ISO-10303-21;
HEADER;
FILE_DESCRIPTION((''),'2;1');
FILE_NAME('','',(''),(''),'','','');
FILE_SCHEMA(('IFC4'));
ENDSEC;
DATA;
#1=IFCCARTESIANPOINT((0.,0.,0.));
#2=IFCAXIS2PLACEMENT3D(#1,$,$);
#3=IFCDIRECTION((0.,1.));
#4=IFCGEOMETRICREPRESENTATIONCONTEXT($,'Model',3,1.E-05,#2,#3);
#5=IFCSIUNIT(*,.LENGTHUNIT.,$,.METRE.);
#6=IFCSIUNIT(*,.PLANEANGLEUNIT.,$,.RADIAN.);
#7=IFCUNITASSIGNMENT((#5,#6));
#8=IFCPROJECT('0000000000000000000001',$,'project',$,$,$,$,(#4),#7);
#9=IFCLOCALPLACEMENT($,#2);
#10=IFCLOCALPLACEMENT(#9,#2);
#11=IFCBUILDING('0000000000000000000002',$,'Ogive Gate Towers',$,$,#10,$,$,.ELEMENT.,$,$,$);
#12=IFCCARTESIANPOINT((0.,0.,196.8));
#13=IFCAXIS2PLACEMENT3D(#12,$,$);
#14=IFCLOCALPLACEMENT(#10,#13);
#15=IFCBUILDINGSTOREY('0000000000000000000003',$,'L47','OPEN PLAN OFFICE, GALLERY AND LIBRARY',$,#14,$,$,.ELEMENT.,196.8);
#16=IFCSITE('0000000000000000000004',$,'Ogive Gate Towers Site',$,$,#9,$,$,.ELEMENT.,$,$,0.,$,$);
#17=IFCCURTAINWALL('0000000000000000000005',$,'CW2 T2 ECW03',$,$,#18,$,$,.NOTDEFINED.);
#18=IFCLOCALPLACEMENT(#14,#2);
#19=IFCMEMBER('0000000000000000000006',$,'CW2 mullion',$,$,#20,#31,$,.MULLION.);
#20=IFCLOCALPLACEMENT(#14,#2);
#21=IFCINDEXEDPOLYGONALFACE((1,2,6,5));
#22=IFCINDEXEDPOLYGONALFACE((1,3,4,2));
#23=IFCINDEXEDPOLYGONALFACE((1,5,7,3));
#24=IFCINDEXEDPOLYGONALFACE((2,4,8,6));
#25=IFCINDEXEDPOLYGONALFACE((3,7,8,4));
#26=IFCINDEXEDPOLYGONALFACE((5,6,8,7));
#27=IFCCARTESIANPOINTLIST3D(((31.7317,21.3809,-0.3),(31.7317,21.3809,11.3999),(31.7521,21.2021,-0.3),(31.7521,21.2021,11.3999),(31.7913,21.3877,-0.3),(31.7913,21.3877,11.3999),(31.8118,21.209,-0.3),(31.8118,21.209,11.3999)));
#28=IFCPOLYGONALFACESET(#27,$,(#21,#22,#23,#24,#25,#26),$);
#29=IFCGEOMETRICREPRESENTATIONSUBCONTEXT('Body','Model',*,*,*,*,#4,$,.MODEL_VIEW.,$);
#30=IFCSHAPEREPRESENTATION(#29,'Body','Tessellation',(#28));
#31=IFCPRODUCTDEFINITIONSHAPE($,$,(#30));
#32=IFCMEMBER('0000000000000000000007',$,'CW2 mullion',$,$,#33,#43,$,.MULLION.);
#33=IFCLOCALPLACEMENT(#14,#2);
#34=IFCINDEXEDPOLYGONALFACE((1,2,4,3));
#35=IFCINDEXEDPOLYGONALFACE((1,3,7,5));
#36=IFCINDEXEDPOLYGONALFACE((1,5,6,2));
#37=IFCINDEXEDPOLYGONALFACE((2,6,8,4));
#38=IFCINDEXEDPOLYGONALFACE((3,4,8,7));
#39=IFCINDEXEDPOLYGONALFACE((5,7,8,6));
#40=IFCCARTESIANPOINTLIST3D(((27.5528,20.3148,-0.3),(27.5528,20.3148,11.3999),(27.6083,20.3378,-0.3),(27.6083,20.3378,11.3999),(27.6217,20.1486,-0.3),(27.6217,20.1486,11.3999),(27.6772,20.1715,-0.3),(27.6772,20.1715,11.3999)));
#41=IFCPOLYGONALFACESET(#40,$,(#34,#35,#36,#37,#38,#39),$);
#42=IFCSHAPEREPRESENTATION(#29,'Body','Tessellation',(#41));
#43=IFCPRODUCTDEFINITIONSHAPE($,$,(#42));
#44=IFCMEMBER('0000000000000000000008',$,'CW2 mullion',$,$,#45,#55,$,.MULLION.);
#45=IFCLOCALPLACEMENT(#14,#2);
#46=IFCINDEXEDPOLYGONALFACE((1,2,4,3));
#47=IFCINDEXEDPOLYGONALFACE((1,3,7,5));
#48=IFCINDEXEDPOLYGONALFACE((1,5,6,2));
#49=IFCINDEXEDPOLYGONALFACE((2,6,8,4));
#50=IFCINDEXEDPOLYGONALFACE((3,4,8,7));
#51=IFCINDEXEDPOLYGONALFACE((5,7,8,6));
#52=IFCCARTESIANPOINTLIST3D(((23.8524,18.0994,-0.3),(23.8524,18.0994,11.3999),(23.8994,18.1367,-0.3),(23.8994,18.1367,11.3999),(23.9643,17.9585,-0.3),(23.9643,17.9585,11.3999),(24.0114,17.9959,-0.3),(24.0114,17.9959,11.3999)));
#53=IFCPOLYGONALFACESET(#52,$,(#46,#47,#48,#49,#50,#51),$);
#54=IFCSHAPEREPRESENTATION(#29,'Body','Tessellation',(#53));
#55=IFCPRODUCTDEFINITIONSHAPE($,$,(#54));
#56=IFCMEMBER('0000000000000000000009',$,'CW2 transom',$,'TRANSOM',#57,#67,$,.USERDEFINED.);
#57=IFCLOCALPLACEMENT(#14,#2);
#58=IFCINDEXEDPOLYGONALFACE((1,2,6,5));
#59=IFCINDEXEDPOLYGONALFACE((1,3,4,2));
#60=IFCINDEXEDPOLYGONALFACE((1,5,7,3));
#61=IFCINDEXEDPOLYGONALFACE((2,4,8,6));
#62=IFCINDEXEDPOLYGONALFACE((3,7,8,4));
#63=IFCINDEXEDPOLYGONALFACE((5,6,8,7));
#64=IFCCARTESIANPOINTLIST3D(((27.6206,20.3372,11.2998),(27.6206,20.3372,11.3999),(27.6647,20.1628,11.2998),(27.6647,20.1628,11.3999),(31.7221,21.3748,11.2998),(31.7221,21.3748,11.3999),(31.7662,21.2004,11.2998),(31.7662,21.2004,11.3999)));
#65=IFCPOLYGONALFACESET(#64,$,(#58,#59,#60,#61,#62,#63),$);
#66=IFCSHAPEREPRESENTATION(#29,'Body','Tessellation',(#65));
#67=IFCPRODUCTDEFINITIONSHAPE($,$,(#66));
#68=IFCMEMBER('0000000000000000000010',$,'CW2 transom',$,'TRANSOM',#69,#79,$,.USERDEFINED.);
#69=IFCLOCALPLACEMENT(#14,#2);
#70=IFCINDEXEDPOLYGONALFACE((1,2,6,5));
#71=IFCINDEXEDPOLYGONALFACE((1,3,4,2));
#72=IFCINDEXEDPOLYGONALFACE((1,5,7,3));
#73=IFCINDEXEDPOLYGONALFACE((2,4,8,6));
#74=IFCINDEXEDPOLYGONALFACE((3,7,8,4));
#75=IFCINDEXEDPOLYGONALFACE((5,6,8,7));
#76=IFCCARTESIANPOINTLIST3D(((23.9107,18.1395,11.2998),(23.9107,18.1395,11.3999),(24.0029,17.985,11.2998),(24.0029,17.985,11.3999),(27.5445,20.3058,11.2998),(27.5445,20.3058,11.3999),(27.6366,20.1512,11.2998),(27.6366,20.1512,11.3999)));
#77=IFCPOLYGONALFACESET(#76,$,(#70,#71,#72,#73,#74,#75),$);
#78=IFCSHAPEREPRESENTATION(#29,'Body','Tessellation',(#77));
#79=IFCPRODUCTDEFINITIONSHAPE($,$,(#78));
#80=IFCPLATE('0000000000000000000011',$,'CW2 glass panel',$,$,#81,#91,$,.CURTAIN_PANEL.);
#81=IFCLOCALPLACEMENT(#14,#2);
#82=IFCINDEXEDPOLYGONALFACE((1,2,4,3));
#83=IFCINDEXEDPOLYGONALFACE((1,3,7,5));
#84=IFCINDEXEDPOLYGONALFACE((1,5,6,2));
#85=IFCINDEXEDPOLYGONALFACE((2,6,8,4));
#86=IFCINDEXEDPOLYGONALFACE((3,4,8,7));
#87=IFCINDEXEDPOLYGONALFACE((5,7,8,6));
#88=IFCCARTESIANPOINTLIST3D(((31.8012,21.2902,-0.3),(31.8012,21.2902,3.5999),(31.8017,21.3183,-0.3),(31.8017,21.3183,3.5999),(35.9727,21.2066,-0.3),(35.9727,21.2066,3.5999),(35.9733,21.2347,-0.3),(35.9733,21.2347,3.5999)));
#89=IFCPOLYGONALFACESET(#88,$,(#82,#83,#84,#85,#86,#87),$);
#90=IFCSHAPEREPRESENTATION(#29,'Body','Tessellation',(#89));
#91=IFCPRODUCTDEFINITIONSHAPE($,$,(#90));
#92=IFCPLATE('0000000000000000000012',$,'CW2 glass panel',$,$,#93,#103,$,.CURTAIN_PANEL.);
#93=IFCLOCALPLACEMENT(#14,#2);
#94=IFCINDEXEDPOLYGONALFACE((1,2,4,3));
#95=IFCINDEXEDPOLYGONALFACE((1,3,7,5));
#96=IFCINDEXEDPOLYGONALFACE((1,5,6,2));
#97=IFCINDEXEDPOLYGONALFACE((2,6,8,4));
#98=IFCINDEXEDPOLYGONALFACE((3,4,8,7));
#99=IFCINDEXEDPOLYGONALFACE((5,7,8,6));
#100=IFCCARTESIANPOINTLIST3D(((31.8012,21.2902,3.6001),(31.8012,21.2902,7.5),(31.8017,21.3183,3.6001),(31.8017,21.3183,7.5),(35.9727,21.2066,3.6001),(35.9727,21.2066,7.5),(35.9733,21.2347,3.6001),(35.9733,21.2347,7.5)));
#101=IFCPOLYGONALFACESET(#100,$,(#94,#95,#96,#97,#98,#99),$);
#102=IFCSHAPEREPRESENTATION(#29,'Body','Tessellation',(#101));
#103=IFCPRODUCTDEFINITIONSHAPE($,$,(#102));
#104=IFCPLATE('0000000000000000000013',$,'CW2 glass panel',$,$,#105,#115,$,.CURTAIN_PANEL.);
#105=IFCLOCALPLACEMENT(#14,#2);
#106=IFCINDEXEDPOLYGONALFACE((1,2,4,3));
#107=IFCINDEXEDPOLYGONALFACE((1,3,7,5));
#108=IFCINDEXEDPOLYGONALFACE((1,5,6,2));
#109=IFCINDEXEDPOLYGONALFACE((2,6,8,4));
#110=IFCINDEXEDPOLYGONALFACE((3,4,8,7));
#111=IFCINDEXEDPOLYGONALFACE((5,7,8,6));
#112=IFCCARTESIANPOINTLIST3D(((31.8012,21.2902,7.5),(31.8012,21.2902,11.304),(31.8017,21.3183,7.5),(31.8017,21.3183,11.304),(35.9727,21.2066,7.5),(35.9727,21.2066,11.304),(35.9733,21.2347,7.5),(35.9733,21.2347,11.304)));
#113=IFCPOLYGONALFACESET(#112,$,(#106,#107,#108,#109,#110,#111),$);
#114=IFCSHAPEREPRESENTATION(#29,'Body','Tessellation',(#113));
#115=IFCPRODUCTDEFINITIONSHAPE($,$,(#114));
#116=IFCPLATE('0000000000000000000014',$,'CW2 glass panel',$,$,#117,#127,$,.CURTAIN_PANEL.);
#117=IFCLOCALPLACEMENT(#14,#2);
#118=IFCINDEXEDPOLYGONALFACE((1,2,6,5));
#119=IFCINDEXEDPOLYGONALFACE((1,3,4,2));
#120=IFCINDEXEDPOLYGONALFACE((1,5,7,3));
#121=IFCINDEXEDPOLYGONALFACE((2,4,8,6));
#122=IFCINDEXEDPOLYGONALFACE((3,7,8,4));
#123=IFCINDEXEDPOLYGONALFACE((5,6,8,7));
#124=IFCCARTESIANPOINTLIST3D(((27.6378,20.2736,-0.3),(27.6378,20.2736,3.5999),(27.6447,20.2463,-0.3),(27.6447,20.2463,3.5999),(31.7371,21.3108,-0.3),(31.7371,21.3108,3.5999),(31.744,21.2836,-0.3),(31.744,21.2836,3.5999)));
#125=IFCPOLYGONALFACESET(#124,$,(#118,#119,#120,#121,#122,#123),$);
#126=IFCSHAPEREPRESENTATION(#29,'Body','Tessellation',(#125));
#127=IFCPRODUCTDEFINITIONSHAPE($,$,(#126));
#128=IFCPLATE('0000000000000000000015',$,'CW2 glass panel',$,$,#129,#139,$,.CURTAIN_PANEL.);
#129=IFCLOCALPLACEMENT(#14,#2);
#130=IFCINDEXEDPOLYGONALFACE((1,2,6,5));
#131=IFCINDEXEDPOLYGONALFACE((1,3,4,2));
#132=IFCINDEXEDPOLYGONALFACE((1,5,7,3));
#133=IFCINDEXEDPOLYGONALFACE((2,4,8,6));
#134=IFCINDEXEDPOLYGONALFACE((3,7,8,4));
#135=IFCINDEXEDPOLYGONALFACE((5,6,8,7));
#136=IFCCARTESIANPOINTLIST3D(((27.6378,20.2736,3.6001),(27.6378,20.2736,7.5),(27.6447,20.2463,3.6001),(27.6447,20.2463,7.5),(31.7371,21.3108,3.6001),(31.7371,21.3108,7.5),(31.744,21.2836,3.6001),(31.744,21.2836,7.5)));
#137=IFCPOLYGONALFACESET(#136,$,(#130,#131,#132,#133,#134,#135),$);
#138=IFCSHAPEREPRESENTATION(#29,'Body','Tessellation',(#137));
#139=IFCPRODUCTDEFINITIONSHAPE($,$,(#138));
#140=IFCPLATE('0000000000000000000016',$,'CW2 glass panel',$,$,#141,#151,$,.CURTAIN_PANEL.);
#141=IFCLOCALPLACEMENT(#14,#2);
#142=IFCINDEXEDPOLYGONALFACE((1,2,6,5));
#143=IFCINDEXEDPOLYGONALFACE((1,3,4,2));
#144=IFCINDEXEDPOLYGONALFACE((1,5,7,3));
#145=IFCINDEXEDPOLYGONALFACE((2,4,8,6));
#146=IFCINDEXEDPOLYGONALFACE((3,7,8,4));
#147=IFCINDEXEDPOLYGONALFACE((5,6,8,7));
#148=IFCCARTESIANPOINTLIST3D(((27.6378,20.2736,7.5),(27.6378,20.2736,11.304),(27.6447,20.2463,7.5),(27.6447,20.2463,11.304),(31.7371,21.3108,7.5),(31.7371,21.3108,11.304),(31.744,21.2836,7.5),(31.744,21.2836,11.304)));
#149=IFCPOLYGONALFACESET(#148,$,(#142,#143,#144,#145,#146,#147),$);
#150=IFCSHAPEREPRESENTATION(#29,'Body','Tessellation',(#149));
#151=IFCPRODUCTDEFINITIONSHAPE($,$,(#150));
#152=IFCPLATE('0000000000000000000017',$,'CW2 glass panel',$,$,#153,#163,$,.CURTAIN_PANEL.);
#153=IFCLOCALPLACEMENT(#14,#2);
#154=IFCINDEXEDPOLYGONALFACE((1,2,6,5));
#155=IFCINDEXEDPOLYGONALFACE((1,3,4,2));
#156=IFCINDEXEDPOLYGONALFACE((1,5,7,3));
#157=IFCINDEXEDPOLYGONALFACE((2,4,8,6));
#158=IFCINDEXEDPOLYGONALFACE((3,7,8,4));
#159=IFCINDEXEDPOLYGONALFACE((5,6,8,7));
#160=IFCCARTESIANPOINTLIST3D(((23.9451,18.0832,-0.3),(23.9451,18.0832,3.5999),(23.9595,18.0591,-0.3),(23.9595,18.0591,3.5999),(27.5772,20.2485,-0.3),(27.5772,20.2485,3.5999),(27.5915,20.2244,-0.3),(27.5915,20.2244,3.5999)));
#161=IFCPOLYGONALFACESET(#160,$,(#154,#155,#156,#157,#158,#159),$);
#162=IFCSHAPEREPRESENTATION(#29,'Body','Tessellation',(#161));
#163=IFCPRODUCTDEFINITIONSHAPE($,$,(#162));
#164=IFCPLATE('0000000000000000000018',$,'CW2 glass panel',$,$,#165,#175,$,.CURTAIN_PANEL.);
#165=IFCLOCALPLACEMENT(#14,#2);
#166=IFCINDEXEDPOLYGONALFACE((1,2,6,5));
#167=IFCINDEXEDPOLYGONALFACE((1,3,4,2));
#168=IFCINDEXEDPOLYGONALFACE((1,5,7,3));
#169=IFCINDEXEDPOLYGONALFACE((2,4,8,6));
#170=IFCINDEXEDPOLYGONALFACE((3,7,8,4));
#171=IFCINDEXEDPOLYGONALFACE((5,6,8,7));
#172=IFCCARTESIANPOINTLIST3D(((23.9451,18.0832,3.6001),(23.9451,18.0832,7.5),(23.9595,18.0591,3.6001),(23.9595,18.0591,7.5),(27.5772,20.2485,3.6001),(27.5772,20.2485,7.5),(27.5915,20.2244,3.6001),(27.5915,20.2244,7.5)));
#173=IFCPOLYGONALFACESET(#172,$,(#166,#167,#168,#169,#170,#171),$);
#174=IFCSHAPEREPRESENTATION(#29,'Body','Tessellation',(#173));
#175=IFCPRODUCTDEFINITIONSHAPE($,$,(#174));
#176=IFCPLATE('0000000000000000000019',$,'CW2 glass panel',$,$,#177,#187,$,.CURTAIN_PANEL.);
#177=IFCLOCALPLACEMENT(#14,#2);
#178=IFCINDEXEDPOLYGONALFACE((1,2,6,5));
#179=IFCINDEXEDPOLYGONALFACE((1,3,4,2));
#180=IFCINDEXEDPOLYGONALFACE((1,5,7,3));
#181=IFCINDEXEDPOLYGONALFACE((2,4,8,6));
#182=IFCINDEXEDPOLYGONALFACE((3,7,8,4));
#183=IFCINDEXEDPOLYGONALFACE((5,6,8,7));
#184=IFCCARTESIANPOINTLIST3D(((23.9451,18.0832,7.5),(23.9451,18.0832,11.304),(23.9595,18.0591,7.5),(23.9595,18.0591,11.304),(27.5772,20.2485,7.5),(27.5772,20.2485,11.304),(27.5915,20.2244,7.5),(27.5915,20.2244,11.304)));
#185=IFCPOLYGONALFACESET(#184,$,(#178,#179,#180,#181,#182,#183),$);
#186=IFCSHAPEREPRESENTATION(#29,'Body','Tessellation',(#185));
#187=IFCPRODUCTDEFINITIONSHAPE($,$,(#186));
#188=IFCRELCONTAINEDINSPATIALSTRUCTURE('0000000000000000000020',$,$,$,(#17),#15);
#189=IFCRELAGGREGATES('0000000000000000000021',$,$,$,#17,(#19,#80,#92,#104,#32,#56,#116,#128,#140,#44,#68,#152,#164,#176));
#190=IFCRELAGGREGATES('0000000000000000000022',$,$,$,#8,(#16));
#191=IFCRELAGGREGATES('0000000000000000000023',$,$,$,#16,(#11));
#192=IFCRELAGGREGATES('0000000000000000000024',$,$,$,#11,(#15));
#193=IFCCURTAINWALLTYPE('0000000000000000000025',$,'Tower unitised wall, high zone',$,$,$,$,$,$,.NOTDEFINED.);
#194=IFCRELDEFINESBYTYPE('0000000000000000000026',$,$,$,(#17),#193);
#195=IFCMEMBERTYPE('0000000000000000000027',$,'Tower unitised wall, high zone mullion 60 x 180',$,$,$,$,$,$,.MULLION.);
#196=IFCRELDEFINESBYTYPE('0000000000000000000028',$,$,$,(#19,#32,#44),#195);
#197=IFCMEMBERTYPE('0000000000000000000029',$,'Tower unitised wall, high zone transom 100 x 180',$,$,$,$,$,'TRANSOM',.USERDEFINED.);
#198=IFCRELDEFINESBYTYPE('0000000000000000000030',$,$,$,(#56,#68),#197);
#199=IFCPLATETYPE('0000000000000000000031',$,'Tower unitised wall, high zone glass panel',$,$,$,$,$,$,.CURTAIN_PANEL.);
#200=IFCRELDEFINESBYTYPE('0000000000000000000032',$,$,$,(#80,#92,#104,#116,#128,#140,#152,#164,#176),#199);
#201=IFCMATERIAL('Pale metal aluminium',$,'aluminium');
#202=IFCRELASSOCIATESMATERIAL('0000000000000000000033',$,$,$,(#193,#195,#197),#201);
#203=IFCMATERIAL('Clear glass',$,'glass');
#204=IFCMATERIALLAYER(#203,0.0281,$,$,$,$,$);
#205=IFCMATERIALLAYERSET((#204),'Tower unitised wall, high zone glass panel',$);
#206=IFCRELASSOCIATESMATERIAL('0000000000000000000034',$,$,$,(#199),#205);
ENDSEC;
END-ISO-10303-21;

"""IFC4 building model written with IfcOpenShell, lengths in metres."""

from ifc_helpers import new_model, si_unit, direction, frame, origin, origin_2d, place, context, subcontext, project, spatial, rectangle, extrude, material, layer, layer_set, material_profile, profile_set, type_object, element, aggregate, save


model = new_model("IFC4")

# Units and contexts
model_context = context("Model", 3, precision=1e-05, world=origin(), true_north=direction((0.0, 1.0)))
body_context = subcontext(model_context, "Body", "Model", "MODEL_VIEW")
ifc_project = project(units=[si_unit("LENGTHUNIT", "METRE"), si_unit("PLANEANGLEUNIT", "RADIAN")], contexts=[model_context])

# Site, building, storey
site_placement = place(None, origin())
site = spatial("IfcSite", under=ifc_project, at=site_placement, Name="Ogive Gate Towers Site", CompositionType="ELEMENT", RefElevation=0.0)
building_placement = place(site_placement, origin())
building = spatial("IfcBuilding", under=site, at=building_placement, Name="Ogive Gate Towers", CompositionType="ELEMENT")
storey_placement = place(building_placement, frame((0.0, 0.0, 196.8)))
storey = spatial("IfcBuildingStorey", under=building, at=storey_placement, Name="L47", Description="OPEN PLAN OFFICE, GALLERY AND LIBRARY", CompositionType="ELEMENT", Elevation=196.8)

# Curtain wall, members, plates
ifc_material_1 = material(Name="Pale metal aluminium", Category="aluminium")
curtain_wall_type = type_object("IfcCurtainWallType", Name="Tower unitised wall, high zone", PredefinedType="NOTDEFINED", material=ifc_material_1)
curtain_wall_placement = place(storey_placement, origin())
curtain_wall = element("IfcCurtainWall", 1, at=curtain_wall_placement, inside=storey, type_object=curtain_wall_type, Name="CW2 T2 ECW03", PredefinedType="NOTDEFINED")
ifc_material_profile_1 = material_profile(ifc_material_1, rectangle(XDim=0.1799, YDim=0.0601, at=origin_2d()), Name="60 x 180 aluminium box")
ifc_profile_set_1 = profile_set([ifc_material_profile_1], Name="Pale metal aluminium")
member_type_1 = type_object("IfcMemberType", Name="Tower unitised wall, high zone mullion 60 x 180", PredefinedType="MULLION", material=ifc_profile_set_1)
member_1_placement = place(storey_placement, frame((31.7717, 21.2949, -0.3), z_axis=(0.0, 0.0, 1.0), x_axis=(-0.113637, 0.993522, 0.0)))
member_1 = element("IfcMember", 2, at=member_1_placement, type_object=member_type_1, Name="CW2 mullion", PredefinedType="MULLION", context=body_context, shape_type="SweptSolid", body=[
    extrude(rectangle(XDim=0.1799, YDim=0.0601, at=origin_2d()), origin(), (0.0, 0.0, 1.0), 11.7),
])
member_2_placement = place(storey_placement, frame((27.615, 20.2432, -0.3), z_axis=(0.0, 0.0, 1.0), x_axis=(-0.382683, 0.92388, 0.0)))
member_2 = element("IfcMember", 3, at=member_2_placement, type_object=member_type_1, Name="CW2 mullion", PredefinedType="MULLION", context=body_context, shape_type="SweptSolid", body=[
    extrude(rectangle(XDim=0.1799, YDim=0.0601, at=origin_2d()), origin(), (0.0, 0.0, 1.0), 11.7),
])
member_3_placement = place(storey_placement, frame((23.9319, 18.0476, -0.3), z_axis=(0.0, 0.0, 1.0), x_axis=(-0.622173, 0.78288, 0.0)))
member_3 = element("IfcMember", 4, at=member_3_placement, type_object=member_type_1, Name="CW2 mullion", PredefinedType="MULLION", context=body_context, shape_type="SweptSolid", body=[
    extrude(rectangle(XDim=0.1799, YDim=0.0601, at=origin_2d()), origin(), (0.0, 0.0, 1.0), 11.7),
])
ifc_material_profile_2 = material_profile(ifc_material_1, rectangle(XDim=0.1799, YDim=0.1001, at=origin_2d()), Name="100 x 180 aluminium box")
ifc_profile_set_2 = profile_set([ifc_material_profile_2], Name="Pale metal aluminium")
member_type_2 = type_object("IfcMemberType", Name="Tower unitised wall, high zone transom 100 x 180", ElementType="TRANSOM", PredefinedType="USERDEFINED", material=ifc_profile_set_2)
member_4_placement = place(storey_placement, frame((31.7441, 21.2876, 11.3499), z_axis=(-0.96946, -0.24525, 0.0), x_axis=(0.24525, -0.96946, 0.0)))
member_4 = element("IfcMember", 5, at=member_4_placement, type_object=member_type_2, Name="CW2 transom", ObjectType="TRANSOM", PredefinedType="USERDEFINED", context=body_context, shape_type="SweptSolid", body=[
    extrude(rectangle(XDim=0.1799, YDim=0.1001, at=origin_2d()), origin(), (0.0, 0.0, 1.0), 4.2307),
])
member_5_placement = place(storey_placement, frame((27.5906, 20.2285, 11.3499), z_axis=(-0.858951, -0.512058, 0.0), x_axis=(0.512058, -0.858951, 0.0)))
member_5 = element("IfcMember", 6, at=member_5_placement, type_object=member_type_2, Name="CW2 transom", ObjectType="TRANSOM", PredefinedType="USERDEFINED", context=body_context, shape_type="SweptSolid", body=[
    extrude(rectangle(XDim=0.1799, YDim=0.1001, at=origin_2d()), origin(), (0.0, 0.0, 1.0), 4.2305),
])
ifc_material_2 = material(Name="Clear glass", Category="glass")
ifc_layer_1 = layer(ifc_material_2, 0.0281)
ifc_layer_set_1 = layer_set([ifc_layer_1], Name="Tower unitised wall, high zone glass panel")
plate_type = type_object("IfcPlateType", Name="Tower unitised wall, high zone glass panel", PredefinedType="CURTAIN_PANEL", material=ifc_layer_set_1)
plate_1_placement = place(storey_placement, frame((33.8872, 21.2625, -0.3), z_axis=(0.0, 0.0, 1.0), x_axis=(-0.999799, 0.020052, 0.0)))
plate_1 = element("IfcPlate", 7, at=plate_1_placement, type_object=plate_type, Name="CW2 glass panel", PredefinedType="CURTAIN_PANEL", context=body_context, shape_type="SweptSolid", body=[
    extrude(rectangle(XDim=4.1724, YDim=0.0281, at=origin_2d()), origin(), (0.0, 0.0, 1.0), 3.8999),
])
plate_2_placement = place(storey_placement, frame((33.8872, 21.2625, 3.6001), z_axis=(0.0, 0.0, 1.0), x_axis=(-0.999799, 0.020052, 0.0)))
plate_2 = element("IfcPlate", 8, at=plate_2_placement, type_object=plate_type, Name="CW2 glass panel", PredefinedType="CURTAIN_PANEL", context=body_context, shape_type="SweptSolid", body=[
    extrude(rectangle(XDim=4.1724, YDim=0.0281, at=origin_2d()), origin(), (0.0, 0.0, 1.0), 3.8999),
])
plate_3_placement = place(storey_placement, frame((33.8872, 21.2625, 7.5), z_axis=(0.0, 0.0, 1.0), x_axis=(-0.999799, 0.020052, 0.0)))
plate_3 = element("IfcPlate", 9, at=plate_3_placement, type_object=plate_type, Name="CW2 glass panel", PredefinedType="CURTAIN_PANEL", context=body_context, shape_type="SweptSolid", body=[
    extrude(rectangle(XDim=4.1724, YDim=0.0281, at=origin_2d()), origin(), (0.0, 0.0, 1.0), 3.804),
])
plate_4_placement = place(storey_placement, frame((29.6909, 20.7786, -0.3), z_axis=(0.0, 0.0, 1.0), x_axis=(-0.96945, -0.24529, 0.0)))
plate_4 = element("IfcPlate", 10, at=plate_4_placement, type_object=plate_type, Name="CW2 glass panel", PredefinedType="CURTAIN_PANEL", context=body_context, shape_type="SweptSolid", body=[
    extrude(rectangle(XDim=4.2285, YDim=0.0281, at=origin_2d()), origin(), (0.0, 0.0, 1.0), 3.8999),
])
plate_5_placement = place(storey_placement, frame((29.6909, 20.7786, 3.6001), z_axis=(0.0, 0.0, 1.0), x_axis=(-0.96945, -0.24529, 0.0)))
plate_5 = element("IfcPlate", 11, at=plate_5_placement, type_object=plate_type, Name="CW2 glass panel", PredefinedType="CURTAIN_PANEL", context=body_context, shape_type="SweptSolid", body=[
    extrude(rectangle(XDim=4.2285, YDim=0.0281, at=origin_2d()), origin(), (0.0, 0.0, 1.0), 3.8999),
])
plate_6_placement = place(storey_placement, frame((29.6909, 20.7786, 7.5), z_axis=(0.0, 0.0, 1.0), x_axis=(-0.96945, -0.24529, 0.0)))
plate_6 = element("IfcPlate", 12, at=plate_6_placement, type_object=plate_type, Name="CW2 glass panel", PredefinedType="CURTAIN_PANEL", context=body_context, shape_type="SweptSolid", body=[
    extrude(rectangle(XDim=4.2285, YDim=0.0281, at=origin_2d()), origin(), (0.0, 0.0, 1.0), 3.804),
])
plate_7_placement = place(storey_placement, frame((25.7683, 19.1538, -0.3), z_axis=(0.0, 0.0, 1.0), x_axis=(-0.858951, -0.512058, 0.0)))
plate_7 = element("IfcPlate", 13, at=plate_7_placement, type_object=plate_type, Name="CW2 glass panel", PredefinedType="CURTAIN_PANEL", context=body_context, shape_type="SweptSolid", body=[
    extrude(rectangle(XDim=4.2285, YDim=0.0281, at=origin_2d()), origin(), (0.0, 0.0, 1.0), 3.8999),
])
plate_8_placement = place(storey_placement, frame((25.7683, 19.1538, 3.6001), z_axis=(0.0, 0.0, 1.0), x_axis=(-0.858951, -0.512058, 0.0)))
plate_8 = element("IfcPlate", 14, at=plate_8_placement, type_object=plate_type, Name="CW2 glass panel", PredefinedType="CURTAIN_PANEL", context=body_context, shape_type="SweptSolid", body=[
    extrude(rectangle(XDim=4.2285, YDim=0.0281, at=origin_2d()), origin(), (0.0, 0.0, 1.0), 3.8999),
])
plate_9_placement = place(storey_placement, frame((25.7683, 19.1538, 7.5), z_axis=(0.0, 0.0, 1.0), x_axis=(-0.858951, -0.512058, 0.0)))
plate_9 = element("IfcPlate", 15, at=plate_9_placement, type_object=plate_type, Name="CW2 glass panel", PredefinedType="CURTAIN_PANEL", context=body_context, shape_type="SweptSolid", body=[
    extrude(rectangle(XDim=4.2285, YDim=0.0281, at=origin_2d()), origin(), (0.0, 0.0, 1.0), 3.804),
])
aggregate(curtain_wall, [member_1, plate_1, plate_2, plate_3, member_2, member_4, plate_4, plate_5, plate_6, member_3, member_5, plate_7, plate_8, plate_9])

save(model, "model.ifc")
